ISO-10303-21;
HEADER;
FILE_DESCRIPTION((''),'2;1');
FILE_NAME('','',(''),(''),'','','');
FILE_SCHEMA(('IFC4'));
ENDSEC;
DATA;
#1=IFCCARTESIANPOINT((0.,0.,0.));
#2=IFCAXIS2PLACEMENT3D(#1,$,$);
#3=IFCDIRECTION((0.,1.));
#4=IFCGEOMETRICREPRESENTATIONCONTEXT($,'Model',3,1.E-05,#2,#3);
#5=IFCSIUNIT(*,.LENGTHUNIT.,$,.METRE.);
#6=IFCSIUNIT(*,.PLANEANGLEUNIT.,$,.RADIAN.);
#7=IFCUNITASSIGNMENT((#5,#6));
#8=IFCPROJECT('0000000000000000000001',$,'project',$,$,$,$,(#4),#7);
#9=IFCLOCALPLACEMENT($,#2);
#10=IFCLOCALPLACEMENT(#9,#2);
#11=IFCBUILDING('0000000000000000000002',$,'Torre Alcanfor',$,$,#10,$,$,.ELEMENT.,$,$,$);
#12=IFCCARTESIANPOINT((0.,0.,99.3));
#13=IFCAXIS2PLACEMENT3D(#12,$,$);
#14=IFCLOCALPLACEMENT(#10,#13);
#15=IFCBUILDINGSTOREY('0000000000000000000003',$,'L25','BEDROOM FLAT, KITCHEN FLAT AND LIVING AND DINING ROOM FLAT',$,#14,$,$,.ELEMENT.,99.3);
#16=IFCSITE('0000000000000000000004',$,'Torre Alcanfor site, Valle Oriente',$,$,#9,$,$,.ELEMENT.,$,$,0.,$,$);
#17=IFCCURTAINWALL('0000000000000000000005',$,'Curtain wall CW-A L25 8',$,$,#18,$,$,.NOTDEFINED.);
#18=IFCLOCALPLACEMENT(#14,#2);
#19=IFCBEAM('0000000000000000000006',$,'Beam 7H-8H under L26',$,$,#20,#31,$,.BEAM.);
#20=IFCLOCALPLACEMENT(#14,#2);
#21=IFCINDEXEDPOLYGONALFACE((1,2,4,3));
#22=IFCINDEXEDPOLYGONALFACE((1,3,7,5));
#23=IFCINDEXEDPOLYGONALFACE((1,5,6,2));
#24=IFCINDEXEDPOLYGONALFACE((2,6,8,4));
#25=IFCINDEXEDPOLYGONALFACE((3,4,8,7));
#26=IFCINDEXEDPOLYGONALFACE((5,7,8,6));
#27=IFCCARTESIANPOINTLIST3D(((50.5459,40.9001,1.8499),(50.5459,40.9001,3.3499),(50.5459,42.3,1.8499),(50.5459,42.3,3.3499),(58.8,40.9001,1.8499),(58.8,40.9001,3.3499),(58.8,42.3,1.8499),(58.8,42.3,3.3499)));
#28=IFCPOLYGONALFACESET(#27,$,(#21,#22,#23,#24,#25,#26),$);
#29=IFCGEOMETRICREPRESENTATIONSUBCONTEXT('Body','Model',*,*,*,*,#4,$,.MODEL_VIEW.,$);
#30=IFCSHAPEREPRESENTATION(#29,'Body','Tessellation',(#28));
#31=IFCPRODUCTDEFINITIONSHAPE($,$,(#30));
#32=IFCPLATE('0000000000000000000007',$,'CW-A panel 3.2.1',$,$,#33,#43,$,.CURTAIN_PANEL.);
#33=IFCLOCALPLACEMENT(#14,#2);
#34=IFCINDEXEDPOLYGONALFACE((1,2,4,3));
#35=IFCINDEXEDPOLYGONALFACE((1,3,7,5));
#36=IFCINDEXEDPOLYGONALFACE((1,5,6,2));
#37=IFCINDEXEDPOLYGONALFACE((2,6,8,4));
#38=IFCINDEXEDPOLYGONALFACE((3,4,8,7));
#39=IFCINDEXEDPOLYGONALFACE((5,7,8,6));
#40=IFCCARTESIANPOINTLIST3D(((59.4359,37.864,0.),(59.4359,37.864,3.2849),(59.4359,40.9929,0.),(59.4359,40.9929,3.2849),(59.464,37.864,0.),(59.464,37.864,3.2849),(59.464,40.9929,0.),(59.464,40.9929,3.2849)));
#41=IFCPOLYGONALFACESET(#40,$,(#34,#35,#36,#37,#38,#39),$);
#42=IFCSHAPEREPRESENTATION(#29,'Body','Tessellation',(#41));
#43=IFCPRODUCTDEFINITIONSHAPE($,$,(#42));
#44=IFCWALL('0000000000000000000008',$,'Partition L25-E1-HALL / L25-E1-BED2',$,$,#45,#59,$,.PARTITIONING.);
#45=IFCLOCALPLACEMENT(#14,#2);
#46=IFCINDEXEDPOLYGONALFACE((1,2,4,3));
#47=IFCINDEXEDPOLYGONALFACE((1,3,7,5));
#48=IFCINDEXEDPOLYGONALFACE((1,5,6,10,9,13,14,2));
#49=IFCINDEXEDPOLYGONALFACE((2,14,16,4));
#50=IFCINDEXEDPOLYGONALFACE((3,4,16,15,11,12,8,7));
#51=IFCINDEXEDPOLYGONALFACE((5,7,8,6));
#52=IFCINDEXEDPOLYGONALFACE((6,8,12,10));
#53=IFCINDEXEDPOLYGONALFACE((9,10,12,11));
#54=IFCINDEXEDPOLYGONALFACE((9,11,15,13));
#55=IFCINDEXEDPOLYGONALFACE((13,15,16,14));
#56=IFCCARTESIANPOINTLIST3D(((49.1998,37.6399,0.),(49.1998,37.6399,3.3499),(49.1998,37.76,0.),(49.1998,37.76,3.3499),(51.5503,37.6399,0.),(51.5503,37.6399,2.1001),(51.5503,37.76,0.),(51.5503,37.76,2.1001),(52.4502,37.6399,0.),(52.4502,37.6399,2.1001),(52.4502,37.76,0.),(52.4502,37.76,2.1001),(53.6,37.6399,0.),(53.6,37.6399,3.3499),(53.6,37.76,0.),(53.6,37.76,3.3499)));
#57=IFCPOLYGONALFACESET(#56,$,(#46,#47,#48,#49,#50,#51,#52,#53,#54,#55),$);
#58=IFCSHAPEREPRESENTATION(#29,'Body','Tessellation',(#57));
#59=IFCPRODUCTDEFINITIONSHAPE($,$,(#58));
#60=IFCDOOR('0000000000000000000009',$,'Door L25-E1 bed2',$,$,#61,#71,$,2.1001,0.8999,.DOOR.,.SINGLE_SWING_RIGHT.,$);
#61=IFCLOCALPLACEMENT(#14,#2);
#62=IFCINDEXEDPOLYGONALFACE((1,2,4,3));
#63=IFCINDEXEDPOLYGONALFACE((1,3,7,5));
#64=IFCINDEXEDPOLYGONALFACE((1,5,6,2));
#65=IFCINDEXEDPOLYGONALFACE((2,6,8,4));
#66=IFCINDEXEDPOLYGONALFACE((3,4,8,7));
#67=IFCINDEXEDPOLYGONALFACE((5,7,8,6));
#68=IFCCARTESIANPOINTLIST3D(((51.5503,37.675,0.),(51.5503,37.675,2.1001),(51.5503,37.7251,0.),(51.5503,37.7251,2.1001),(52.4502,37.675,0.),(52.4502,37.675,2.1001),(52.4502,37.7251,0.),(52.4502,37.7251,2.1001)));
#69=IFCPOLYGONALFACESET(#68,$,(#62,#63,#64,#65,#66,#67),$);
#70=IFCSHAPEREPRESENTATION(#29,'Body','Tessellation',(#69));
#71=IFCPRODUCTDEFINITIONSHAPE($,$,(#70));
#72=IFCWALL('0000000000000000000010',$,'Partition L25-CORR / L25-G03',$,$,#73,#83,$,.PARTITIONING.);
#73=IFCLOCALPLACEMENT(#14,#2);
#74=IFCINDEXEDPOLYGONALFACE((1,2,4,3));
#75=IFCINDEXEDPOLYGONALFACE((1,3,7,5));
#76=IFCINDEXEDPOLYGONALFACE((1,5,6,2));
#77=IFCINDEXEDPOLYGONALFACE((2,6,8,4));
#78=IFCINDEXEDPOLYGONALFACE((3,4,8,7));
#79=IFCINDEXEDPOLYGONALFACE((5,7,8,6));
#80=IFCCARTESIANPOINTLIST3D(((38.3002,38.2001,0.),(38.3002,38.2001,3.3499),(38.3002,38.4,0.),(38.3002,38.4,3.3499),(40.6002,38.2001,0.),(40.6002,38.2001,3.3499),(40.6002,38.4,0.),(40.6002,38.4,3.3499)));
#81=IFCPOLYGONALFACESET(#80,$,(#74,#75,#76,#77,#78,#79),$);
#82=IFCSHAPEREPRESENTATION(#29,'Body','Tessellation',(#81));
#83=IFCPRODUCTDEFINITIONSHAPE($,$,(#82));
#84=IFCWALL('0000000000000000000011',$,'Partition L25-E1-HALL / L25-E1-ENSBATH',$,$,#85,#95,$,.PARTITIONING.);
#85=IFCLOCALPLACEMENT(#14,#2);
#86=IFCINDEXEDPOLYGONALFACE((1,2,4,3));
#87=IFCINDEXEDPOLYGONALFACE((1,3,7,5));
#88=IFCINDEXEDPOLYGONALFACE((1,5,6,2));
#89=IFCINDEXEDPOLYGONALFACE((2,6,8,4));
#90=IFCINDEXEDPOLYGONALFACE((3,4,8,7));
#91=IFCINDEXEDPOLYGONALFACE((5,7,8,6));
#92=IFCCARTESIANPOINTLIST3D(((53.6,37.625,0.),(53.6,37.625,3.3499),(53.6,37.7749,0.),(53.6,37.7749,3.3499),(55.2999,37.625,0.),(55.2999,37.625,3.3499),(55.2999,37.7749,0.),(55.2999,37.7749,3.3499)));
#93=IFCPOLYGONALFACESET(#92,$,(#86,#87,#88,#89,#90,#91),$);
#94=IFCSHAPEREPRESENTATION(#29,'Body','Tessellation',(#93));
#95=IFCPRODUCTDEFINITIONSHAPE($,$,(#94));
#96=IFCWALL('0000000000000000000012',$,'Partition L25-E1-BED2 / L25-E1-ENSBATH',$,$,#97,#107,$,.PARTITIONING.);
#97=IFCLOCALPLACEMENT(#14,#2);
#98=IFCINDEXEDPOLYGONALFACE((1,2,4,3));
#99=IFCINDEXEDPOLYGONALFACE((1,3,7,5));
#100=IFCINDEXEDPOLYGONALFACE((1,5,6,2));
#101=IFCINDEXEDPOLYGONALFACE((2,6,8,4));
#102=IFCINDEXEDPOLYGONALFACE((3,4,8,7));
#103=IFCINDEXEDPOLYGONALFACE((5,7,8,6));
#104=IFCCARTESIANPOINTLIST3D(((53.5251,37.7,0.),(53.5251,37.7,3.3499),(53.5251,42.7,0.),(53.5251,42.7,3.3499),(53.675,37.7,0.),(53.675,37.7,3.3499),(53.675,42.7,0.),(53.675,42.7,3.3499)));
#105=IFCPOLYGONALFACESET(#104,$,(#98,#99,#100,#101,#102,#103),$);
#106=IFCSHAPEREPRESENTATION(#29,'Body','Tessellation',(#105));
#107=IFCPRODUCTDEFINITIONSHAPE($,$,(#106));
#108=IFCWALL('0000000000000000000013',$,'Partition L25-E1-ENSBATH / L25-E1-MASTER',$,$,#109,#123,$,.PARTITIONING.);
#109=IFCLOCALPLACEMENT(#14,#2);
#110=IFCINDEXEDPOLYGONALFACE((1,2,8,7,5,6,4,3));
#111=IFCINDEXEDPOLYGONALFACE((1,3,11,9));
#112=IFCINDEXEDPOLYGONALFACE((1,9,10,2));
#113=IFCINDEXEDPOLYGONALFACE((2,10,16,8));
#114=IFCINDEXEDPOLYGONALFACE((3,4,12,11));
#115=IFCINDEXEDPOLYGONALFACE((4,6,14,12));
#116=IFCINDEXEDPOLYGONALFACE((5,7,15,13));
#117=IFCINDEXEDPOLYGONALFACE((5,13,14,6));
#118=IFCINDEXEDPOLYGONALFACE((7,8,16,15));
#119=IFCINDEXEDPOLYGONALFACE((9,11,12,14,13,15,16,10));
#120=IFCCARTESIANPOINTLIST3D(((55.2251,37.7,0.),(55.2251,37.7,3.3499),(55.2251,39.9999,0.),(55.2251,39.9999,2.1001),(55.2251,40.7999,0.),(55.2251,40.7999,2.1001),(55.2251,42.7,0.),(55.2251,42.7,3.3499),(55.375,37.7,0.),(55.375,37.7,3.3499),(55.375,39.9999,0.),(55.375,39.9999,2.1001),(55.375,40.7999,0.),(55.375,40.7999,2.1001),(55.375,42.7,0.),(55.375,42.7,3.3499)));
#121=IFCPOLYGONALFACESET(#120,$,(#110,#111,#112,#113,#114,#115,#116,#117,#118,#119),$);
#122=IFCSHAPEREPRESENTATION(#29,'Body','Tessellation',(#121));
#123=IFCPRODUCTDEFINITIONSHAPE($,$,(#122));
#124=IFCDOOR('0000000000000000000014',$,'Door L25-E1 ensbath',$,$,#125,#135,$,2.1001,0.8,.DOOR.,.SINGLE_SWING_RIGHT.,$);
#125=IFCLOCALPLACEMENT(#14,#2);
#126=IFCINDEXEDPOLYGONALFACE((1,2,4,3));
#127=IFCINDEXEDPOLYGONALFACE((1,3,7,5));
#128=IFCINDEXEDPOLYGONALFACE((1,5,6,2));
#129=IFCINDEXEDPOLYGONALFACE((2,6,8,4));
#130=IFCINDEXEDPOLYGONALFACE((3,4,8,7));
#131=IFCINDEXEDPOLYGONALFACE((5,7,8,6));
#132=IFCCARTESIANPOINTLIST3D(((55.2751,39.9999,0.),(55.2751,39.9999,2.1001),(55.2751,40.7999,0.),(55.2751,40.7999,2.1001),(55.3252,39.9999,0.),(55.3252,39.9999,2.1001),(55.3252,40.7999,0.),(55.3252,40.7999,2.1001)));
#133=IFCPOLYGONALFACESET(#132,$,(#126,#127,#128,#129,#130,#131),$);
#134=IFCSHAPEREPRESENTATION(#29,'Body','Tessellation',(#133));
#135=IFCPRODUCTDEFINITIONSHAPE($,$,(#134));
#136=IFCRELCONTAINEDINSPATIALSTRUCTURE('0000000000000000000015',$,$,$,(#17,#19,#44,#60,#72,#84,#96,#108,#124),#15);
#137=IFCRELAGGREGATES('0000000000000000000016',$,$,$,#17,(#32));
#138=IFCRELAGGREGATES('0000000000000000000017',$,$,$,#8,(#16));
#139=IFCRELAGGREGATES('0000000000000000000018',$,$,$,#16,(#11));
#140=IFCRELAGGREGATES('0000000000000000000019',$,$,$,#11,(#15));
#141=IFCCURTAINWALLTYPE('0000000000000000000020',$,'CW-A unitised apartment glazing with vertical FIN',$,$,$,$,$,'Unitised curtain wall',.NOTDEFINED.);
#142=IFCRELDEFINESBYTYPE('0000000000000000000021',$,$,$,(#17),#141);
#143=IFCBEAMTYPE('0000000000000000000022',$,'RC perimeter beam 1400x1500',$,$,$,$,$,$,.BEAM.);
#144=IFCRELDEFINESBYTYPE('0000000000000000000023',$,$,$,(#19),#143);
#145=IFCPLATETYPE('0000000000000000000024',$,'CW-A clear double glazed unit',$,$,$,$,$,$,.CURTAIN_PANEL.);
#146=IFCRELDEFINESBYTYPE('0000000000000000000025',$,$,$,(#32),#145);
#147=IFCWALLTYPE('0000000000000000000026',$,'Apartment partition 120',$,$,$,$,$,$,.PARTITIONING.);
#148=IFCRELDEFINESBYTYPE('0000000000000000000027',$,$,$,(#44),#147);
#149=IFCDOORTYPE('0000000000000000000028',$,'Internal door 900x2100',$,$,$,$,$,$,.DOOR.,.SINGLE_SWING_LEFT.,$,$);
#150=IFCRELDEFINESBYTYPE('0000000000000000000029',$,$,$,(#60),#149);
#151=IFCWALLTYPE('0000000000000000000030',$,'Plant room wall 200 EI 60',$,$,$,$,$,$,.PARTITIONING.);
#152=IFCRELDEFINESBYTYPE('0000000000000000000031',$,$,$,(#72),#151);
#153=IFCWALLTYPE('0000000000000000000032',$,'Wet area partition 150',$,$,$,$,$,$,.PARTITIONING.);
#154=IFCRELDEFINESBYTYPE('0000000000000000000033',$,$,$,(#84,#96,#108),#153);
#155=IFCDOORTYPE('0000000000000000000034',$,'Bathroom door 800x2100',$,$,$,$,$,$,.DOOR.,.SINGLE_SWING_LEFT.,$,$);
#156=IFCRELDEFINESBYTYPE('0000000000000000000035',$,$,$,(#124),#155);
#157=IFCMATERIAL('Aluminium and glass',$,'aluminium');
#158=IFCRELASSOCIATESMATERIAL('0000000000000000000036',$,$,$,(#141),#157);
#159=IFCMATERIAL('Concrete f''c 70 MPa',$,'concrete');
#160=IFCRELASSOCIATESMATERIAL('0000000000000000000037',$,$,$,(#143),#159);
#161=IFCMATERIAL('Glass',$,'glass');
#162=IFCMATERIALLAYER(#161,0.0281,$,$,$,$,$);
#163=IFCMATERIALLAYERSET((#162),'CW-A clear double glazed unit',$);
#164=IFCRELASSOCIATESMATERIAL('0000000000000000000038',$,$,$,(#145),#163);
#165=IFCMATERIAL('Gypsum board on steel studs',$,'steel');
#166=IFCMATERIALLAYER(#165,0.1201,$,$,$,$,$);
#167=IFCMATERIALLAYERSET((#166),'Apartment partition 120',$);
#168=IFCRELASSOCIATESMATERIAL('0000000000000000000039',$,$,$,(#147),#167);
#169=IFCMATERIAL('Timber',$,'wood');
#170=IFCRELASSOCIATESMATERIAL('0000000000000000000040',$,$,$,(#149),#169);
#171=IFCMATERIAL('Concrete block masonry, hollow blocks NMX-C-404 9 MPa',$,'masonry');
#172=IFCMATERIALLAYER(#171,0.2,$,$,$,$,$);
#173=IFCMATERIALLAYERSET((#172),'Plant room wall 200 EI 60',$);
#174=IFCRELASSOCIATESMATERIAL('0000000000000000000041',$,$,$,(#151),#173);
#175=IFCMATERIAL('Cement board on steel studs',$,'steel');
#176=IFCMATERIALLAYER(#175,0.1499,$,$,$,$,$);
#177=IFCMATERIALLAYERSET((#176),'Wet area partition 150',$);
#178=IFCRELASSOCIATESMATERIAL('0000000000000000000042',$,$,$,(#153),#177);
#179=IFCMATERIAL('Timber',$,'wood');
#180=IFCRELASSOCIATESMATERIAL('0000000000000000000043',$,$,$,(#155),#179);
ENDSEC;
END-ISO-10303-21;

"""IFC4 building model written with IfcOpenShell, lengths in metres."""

from ifc_helpers import new_model, si_unit, direction, frame, frame_2d, origin, origin_2d, place, context, subcontext, project, spatial, rectangle, extrude, material, layer, layer_set, material_profile, profile_set, type_object, element, fill, aggregate, save


model = new_model("IFC4")

# Units and contexts
model_context = context("Model", 3, precision=1e-05, world=origin(), true_north=direction((0.0, 1.0)))
body_context = subcontext(model_context, "Body", "Model", "MODEL_VIEW")
ifc_project = project(units=[si_unit("LENGTHUNIT", "METRE"), si_unit("PLANEANGLEUNIT", "RADIAN")], contexts=[model_context])

# Site, building, storey
site_placement = place(None, origin())
site = spatial("IfcSite", under=ifc_project, at=site_placement, Name="Torre Alcanfor site, Valle Oriente", CompositionType="ELEMENT", RefElevation=0.0)
building_placement = place(site_placement, origin())
building = spatial("IfcBuilding", under=site, at=building_placement, Name="Torre Alcanfor", CompositionType="ELEMENT")
storey_placement = place(building_placement, frame((0.0, 0.0, 99.3)))
storey = spatial("IfcBuildingStorey", under=building, at=storey_placement, Name="L25", Description="BEDROOM FLAT, KITCHEN FLAT AND LIVING AND DINING ROOM FLAT", CompositionType="ELEMENT", Elevation=99.3)

# Curtain wall
ifc_material_1 = material(Name="Aluminium and glass", Category="aluminium")
curtain_wall_type = type_object("IfcCurtainWallType", Name="CW-A unitised apartment glazing with vertical FIN", ElementType="Unitised curtain wall", PredefinedType="NOTDEFINED", material=ifc_material_1)
curtain_wall_placement = place(storey_placement, origin())
curtain_wall = element("IfcCurtainWall", 1, at=curtain_wall_placement, inside=storey, type_object=curtain_wall_type, Name="Curtain wall CW-A L25 8", PredefinedType="NOTDEFINED")

# Beam
ifc_material_2 = material(Name="Concrete f'c 70 MPa", Category="concrete")
ifc_material_profile_1 = material_profile(ifc_material_2, rectangle(XDim=1.3999, YDim=1.5, at=origin_2d()), Name="1400x1500")
ifc_profile_set_1 = profile_set([ifc_material_profile_1], Name="Concrete f'c 70 MPa")
beam_type_1 = type_object("IfcBeamType", Name="RC perimeter beam 1400x1500", PredefinedType="BEAM", material=ifc_profile_set_1)
beam_1_placement = place(storey_placement, frame((50.5459, 41.6001, 2.5999), z_axis=(1.0, 0.0, 0.0), x_axis=(0.0, 1.0, 0.0)))
element("IfcBeam", 2, at=beam_1_placement, inside=storey, type_object=beam_type_1, Name="Beam 7H-8H under L26", PredefinedType="BEAM", context=body_context, shape_type="SweptSolid", body=[
    extrude(rectangle(XDim=1.3999, YDim=1.5, at=origin_2d()), origin(), (0.0, 0.0, 1.0), 8.2542),
])

# Plate
ifc_material_3 = material(Name="Glass", Category="glass")
ifc_layer_1 = layer(ifc_material_3, 0.0281)
ifc_layer_set_1 = layer_set([ifc_layer_1], Name="CW-A clear double glazed unit")
plate_type = type_object("IfcPlateType", Name="CW-A clear double glazed unit", PredefinedType="CURTAIN_PANEL", material=ifc_layer_set_1)
plate_placement = place(storey_placement, frame((59.45, 39.4285, 0.0), z_axis=(0.0, 0.0, 1.0), x_axis=(0.0, 1.0, 0.0)))
plate = element("IfcPlate", 3, at=plate_placement, type_object=plate_type, Name="CW-A panel 3.2.1", PredefinedType="CURTAIN_PANEL", context=body_context, shape_type="SweptSolid", body=[
    extrude(rectangle(XDim=3.1289, YDim=0.0281, at=origin_2d()), origin(), (0.0, 0.0, 1.0), 3.2849),
])
aggregate(curtain_wall, [plate])

# Wall, opening, door
ifc_material_4 = material(Name="Gypsum board on steel studs", Category="steel")
ifc_layer_2 = layer(ifc_material_4, 0.1201)
ifc_layer_set_2 = layer_set([ifc_layer_2], Name="Apartment partition 120")
wall_type_1 = type_object("IfcWallType", Name="Apartment partition 120", PredefinedType="PARTITIONING", material=ifc_layer_set_2)
wall_1_placement = place(storey_placement, frame((53.6001, 37.7, 0.0), z_axis=(0.0, 0.0, 1.0), x_axis=(-1.0, 0.0, 0.0)))
wall_1 = element("IfcWall", 4, at=wall_1_placement, inside=storey, type_object=wall_type_1, Name="Partition L25-E1-HALL / L25-E1-BED2", PredefinedType="PARTITIONING", context=body_context, shape_type="SweptSolid", body=[
    extrude(rectangle(XDim=4.4001, YDim=0.1201, at=frame_2d((2.2002, 0.0))), origin(), (0.0, 0.0, 1.0), 3.3499),
])
opening_1_placement = place(wall_1_placement, frame((1.1499, 0.0, 0.0)))
opening_1 = element("IfcOpeningElement", 5, at=opening_1_placement, cuts=wall_1, PredefinedType="OPENING", context=body_context, shape_type="SweptSolid", body=[
    extrude(rectangle(XDim=0.8999, YDim=2.1001, at=frame_2d((0.45, 1.05))), frame((0.0, 0.0701, 0.0), z_axis=(0.0, -1.0, 0.0), x_axis=(1.0, 0.0, 0.0)), (0.0, 0.0, 1.0), 0.1401),
])
ifc_material_5 = material(Name="Timber", Category="wood")
door_type_1 = type_object("IfcDoorType", Name="Internal door 900x2100", OperationType="SINGLE_SWING_LEFT", PredefinedType="DOOR", material=ifc_material_5)
door_1_placement = place(opening_1_placement, frame((0.8999, 0.0, 0.0), z_axis=(0.0, 0.0, 1.0), x_axis=(-1.0, 0.0, 0.0)))
door_1 = element("IfcDoor", 6, at=door_1_placement, inside=storey, type_object=door_type_1, Name="Door L25-E1 bed2", OperationType="SINGLE_SWING_RIGHT", OverallHeight=2.1001, OverallWidth=0.8999, PredefinedType="DOOR", context=body_context, shape_type="SweptSolid", body=[
    extrude(rectangle(XDim=0.8999, YDim=2.1001, at=frame_2d((0.45, 1.05))), frame((0.0, 0.0251, 0.0), z_axis=(0.0, -1.0, 0.0), x_axis=(1.0, 0.0, 0.0)), (0.0, 0.0, 1.0), 0.05),
])
fill(opening_1, door_1)

# Walls
ifc_material_6 = material(Name="Concrete block masonry, hollow blocks NMX-C-404 9 MPa", Category="masonry")
ifc_layer_3 = layer(ifc_material_6, 0.2)
ifc_layer_set_3 = layer_set([ifc_layer_3], Name="Plant room wall 200 EI 60")
wall_type_2 = type_object("IfcWallType", Name="Plant room wall 200 EI 60", PredefinedType="PARTITIONING", material=ifc_layer_set_3)
wall_2_placement = place(storey_placement, frame((40.6001, 38.3, 0.0), z_axis=(0.0, 0.0, 1.0), x_axis=(-1.0, 0.0, 0.0)))
element("IfcWall", 7, at=wall_2_placement, inside=storey, type_object=wall_type_2, Name="Partition L25-CORR / L25-G03", PredefinedType="PARTITIONING", context=body_context, shape_type="SweptSolid", body=[
    extrude(rectangle(XDim=2.3, YDim=0.2, at=frame_2d((1.1499, 0.0))), origin(), (0.0, 0.0, 1.0), 3.3499),
])
ifc_material_7 = material(Name="Cement board on steel studs", Category="steel")
ifc_layer_4 = layer(ifc_material_7, 0.1499)
ifc_layer_set_4 = layer_set([ifc_layer_4], Name="Wet area partition 150")
wall_type_3 = type_object("IfcWallType", Name="Wet area partition 150", PredefinedType="PARTITIONING", material=ifc_layer_set_4)
wall_3_placement = place(storey_placement, frame((55.3, 37.7, 0.0), z_axis=(0.0, 0.0, 1.0), x_axis=(-1.0, 0.0, 0.0)))
element("IfcWall", 8, at=wall_3_placement, inside=storey, type_object=wall_type_3, Name="Partition L25-E1-HALL / L25-E1-ENSBATH", PredefinedType="PARTITIONING", context=body_context, shape_type="SweptSolid", body=[
    extrude(rectangle(XDim=1.7, YDim=0.1499, at=frame_2d((0.8501, 0.0))), origin(), (0.0, 0.0, 1.0), 3.3499),
])
wall_4_placement = place(storey_placement, frame((53.6001, 37.7, 0.0), z_axis=(0.0, 0.0, 1.0), x_axis=(0.0, 1.0, 0.0)))
element("IfcWall", 9, at=wall_4_placement, inside=storey, type_object=wall_type_3, Name="Partition L25-E1-BED2 / L25-E1-ENSBATH", PredefinedType="PARTITIONING", context=body_context, shape_type="SweptSolid", body=[
    extrude(rectangle(XDim=5.0, YDim=0.1499, at=frame_2d((2.5, 0.0))), origin(), (0.0, 0.0, 1.0), 3.3499),
])

# Wall, opening, door
wall_5_placement = place(storey_placement, frame((55.3, 37.7, 0.0), z_axis=(0.0, 0.0, 1.0), x_axis=(0.0, 1.0, 0.0)))
wall_5 = element("IfcWall", 10, at=wall_5_placement, inside=storey, type_object=wall_type_3, Name="Partition L25-E1-ENSBATH / L25-E1-MASTER", PredefinedType="PARTITIONING", context=body_context, shape_type="SweptSolid", body=[
    extrude(rectangle(XDim=5.0, YDim=0.1499, at=frame_2d((2.5, 0.0))), origin(), (0.0, 0.0, 1.0), 3.3499),
])
opening_2_placement = place(wall_5_placement, frame((2.3, 0.0, 0.0)))
opening_2 = element("IfcOpeningElement", 11, at=opening_2_placement, cuts=wall_5, PredefinedType="OPENING", context=body_context, shape_type="SweptSolid", body=[
    extrude(rectangle(XDim=0.8, YDim=2.1001, at=frame_2d((0.3999, 1.05))), frame((0.0, 0.085, 0.0), z_axis=(0.0, -1.0, 0.0), x_axis=(1.0, 0.0, 0.0)), (0.0, 0.0, 1.0), 0.1699),
])
ifc_material_8 = material(Name="Timber", Category="wood")
door_type_2 = type_object("IfcDoorType", Name="Bathroom door 800x2100", OperationType="SINGLE_SWING_LEFT", PredefinedType="DOOR", material=ifc_material_8)
door_2_placement = place(opening_2_placement, origin())
door_2 = element("IfcDoor", 12, at=door_2_placement, inside=storey, type_object=door_type_2, Name="Door L25-E1 ensbath", OperationType="SINGLE_SWING_RIGHT", OverallHeight=2.1001, OverallWidth=0.8, PredefinedType="DOOR", context=body_context, shape_type="SweptSolid", body=[
    extrude(rectangle(XDim=0.8, YDim=2.1001, at=frame_2d((0.3999, 1.05))), frame((0.0, 0.0249, 0.0), z_axis=(0.0, -1.0, 0.0), x_axis=(1.0, 0.0, 0.0)), (0.0, 0.0, 1.0), 0.05),
])
fill(opening_2, door_2)

save(model, "model.ifc")
